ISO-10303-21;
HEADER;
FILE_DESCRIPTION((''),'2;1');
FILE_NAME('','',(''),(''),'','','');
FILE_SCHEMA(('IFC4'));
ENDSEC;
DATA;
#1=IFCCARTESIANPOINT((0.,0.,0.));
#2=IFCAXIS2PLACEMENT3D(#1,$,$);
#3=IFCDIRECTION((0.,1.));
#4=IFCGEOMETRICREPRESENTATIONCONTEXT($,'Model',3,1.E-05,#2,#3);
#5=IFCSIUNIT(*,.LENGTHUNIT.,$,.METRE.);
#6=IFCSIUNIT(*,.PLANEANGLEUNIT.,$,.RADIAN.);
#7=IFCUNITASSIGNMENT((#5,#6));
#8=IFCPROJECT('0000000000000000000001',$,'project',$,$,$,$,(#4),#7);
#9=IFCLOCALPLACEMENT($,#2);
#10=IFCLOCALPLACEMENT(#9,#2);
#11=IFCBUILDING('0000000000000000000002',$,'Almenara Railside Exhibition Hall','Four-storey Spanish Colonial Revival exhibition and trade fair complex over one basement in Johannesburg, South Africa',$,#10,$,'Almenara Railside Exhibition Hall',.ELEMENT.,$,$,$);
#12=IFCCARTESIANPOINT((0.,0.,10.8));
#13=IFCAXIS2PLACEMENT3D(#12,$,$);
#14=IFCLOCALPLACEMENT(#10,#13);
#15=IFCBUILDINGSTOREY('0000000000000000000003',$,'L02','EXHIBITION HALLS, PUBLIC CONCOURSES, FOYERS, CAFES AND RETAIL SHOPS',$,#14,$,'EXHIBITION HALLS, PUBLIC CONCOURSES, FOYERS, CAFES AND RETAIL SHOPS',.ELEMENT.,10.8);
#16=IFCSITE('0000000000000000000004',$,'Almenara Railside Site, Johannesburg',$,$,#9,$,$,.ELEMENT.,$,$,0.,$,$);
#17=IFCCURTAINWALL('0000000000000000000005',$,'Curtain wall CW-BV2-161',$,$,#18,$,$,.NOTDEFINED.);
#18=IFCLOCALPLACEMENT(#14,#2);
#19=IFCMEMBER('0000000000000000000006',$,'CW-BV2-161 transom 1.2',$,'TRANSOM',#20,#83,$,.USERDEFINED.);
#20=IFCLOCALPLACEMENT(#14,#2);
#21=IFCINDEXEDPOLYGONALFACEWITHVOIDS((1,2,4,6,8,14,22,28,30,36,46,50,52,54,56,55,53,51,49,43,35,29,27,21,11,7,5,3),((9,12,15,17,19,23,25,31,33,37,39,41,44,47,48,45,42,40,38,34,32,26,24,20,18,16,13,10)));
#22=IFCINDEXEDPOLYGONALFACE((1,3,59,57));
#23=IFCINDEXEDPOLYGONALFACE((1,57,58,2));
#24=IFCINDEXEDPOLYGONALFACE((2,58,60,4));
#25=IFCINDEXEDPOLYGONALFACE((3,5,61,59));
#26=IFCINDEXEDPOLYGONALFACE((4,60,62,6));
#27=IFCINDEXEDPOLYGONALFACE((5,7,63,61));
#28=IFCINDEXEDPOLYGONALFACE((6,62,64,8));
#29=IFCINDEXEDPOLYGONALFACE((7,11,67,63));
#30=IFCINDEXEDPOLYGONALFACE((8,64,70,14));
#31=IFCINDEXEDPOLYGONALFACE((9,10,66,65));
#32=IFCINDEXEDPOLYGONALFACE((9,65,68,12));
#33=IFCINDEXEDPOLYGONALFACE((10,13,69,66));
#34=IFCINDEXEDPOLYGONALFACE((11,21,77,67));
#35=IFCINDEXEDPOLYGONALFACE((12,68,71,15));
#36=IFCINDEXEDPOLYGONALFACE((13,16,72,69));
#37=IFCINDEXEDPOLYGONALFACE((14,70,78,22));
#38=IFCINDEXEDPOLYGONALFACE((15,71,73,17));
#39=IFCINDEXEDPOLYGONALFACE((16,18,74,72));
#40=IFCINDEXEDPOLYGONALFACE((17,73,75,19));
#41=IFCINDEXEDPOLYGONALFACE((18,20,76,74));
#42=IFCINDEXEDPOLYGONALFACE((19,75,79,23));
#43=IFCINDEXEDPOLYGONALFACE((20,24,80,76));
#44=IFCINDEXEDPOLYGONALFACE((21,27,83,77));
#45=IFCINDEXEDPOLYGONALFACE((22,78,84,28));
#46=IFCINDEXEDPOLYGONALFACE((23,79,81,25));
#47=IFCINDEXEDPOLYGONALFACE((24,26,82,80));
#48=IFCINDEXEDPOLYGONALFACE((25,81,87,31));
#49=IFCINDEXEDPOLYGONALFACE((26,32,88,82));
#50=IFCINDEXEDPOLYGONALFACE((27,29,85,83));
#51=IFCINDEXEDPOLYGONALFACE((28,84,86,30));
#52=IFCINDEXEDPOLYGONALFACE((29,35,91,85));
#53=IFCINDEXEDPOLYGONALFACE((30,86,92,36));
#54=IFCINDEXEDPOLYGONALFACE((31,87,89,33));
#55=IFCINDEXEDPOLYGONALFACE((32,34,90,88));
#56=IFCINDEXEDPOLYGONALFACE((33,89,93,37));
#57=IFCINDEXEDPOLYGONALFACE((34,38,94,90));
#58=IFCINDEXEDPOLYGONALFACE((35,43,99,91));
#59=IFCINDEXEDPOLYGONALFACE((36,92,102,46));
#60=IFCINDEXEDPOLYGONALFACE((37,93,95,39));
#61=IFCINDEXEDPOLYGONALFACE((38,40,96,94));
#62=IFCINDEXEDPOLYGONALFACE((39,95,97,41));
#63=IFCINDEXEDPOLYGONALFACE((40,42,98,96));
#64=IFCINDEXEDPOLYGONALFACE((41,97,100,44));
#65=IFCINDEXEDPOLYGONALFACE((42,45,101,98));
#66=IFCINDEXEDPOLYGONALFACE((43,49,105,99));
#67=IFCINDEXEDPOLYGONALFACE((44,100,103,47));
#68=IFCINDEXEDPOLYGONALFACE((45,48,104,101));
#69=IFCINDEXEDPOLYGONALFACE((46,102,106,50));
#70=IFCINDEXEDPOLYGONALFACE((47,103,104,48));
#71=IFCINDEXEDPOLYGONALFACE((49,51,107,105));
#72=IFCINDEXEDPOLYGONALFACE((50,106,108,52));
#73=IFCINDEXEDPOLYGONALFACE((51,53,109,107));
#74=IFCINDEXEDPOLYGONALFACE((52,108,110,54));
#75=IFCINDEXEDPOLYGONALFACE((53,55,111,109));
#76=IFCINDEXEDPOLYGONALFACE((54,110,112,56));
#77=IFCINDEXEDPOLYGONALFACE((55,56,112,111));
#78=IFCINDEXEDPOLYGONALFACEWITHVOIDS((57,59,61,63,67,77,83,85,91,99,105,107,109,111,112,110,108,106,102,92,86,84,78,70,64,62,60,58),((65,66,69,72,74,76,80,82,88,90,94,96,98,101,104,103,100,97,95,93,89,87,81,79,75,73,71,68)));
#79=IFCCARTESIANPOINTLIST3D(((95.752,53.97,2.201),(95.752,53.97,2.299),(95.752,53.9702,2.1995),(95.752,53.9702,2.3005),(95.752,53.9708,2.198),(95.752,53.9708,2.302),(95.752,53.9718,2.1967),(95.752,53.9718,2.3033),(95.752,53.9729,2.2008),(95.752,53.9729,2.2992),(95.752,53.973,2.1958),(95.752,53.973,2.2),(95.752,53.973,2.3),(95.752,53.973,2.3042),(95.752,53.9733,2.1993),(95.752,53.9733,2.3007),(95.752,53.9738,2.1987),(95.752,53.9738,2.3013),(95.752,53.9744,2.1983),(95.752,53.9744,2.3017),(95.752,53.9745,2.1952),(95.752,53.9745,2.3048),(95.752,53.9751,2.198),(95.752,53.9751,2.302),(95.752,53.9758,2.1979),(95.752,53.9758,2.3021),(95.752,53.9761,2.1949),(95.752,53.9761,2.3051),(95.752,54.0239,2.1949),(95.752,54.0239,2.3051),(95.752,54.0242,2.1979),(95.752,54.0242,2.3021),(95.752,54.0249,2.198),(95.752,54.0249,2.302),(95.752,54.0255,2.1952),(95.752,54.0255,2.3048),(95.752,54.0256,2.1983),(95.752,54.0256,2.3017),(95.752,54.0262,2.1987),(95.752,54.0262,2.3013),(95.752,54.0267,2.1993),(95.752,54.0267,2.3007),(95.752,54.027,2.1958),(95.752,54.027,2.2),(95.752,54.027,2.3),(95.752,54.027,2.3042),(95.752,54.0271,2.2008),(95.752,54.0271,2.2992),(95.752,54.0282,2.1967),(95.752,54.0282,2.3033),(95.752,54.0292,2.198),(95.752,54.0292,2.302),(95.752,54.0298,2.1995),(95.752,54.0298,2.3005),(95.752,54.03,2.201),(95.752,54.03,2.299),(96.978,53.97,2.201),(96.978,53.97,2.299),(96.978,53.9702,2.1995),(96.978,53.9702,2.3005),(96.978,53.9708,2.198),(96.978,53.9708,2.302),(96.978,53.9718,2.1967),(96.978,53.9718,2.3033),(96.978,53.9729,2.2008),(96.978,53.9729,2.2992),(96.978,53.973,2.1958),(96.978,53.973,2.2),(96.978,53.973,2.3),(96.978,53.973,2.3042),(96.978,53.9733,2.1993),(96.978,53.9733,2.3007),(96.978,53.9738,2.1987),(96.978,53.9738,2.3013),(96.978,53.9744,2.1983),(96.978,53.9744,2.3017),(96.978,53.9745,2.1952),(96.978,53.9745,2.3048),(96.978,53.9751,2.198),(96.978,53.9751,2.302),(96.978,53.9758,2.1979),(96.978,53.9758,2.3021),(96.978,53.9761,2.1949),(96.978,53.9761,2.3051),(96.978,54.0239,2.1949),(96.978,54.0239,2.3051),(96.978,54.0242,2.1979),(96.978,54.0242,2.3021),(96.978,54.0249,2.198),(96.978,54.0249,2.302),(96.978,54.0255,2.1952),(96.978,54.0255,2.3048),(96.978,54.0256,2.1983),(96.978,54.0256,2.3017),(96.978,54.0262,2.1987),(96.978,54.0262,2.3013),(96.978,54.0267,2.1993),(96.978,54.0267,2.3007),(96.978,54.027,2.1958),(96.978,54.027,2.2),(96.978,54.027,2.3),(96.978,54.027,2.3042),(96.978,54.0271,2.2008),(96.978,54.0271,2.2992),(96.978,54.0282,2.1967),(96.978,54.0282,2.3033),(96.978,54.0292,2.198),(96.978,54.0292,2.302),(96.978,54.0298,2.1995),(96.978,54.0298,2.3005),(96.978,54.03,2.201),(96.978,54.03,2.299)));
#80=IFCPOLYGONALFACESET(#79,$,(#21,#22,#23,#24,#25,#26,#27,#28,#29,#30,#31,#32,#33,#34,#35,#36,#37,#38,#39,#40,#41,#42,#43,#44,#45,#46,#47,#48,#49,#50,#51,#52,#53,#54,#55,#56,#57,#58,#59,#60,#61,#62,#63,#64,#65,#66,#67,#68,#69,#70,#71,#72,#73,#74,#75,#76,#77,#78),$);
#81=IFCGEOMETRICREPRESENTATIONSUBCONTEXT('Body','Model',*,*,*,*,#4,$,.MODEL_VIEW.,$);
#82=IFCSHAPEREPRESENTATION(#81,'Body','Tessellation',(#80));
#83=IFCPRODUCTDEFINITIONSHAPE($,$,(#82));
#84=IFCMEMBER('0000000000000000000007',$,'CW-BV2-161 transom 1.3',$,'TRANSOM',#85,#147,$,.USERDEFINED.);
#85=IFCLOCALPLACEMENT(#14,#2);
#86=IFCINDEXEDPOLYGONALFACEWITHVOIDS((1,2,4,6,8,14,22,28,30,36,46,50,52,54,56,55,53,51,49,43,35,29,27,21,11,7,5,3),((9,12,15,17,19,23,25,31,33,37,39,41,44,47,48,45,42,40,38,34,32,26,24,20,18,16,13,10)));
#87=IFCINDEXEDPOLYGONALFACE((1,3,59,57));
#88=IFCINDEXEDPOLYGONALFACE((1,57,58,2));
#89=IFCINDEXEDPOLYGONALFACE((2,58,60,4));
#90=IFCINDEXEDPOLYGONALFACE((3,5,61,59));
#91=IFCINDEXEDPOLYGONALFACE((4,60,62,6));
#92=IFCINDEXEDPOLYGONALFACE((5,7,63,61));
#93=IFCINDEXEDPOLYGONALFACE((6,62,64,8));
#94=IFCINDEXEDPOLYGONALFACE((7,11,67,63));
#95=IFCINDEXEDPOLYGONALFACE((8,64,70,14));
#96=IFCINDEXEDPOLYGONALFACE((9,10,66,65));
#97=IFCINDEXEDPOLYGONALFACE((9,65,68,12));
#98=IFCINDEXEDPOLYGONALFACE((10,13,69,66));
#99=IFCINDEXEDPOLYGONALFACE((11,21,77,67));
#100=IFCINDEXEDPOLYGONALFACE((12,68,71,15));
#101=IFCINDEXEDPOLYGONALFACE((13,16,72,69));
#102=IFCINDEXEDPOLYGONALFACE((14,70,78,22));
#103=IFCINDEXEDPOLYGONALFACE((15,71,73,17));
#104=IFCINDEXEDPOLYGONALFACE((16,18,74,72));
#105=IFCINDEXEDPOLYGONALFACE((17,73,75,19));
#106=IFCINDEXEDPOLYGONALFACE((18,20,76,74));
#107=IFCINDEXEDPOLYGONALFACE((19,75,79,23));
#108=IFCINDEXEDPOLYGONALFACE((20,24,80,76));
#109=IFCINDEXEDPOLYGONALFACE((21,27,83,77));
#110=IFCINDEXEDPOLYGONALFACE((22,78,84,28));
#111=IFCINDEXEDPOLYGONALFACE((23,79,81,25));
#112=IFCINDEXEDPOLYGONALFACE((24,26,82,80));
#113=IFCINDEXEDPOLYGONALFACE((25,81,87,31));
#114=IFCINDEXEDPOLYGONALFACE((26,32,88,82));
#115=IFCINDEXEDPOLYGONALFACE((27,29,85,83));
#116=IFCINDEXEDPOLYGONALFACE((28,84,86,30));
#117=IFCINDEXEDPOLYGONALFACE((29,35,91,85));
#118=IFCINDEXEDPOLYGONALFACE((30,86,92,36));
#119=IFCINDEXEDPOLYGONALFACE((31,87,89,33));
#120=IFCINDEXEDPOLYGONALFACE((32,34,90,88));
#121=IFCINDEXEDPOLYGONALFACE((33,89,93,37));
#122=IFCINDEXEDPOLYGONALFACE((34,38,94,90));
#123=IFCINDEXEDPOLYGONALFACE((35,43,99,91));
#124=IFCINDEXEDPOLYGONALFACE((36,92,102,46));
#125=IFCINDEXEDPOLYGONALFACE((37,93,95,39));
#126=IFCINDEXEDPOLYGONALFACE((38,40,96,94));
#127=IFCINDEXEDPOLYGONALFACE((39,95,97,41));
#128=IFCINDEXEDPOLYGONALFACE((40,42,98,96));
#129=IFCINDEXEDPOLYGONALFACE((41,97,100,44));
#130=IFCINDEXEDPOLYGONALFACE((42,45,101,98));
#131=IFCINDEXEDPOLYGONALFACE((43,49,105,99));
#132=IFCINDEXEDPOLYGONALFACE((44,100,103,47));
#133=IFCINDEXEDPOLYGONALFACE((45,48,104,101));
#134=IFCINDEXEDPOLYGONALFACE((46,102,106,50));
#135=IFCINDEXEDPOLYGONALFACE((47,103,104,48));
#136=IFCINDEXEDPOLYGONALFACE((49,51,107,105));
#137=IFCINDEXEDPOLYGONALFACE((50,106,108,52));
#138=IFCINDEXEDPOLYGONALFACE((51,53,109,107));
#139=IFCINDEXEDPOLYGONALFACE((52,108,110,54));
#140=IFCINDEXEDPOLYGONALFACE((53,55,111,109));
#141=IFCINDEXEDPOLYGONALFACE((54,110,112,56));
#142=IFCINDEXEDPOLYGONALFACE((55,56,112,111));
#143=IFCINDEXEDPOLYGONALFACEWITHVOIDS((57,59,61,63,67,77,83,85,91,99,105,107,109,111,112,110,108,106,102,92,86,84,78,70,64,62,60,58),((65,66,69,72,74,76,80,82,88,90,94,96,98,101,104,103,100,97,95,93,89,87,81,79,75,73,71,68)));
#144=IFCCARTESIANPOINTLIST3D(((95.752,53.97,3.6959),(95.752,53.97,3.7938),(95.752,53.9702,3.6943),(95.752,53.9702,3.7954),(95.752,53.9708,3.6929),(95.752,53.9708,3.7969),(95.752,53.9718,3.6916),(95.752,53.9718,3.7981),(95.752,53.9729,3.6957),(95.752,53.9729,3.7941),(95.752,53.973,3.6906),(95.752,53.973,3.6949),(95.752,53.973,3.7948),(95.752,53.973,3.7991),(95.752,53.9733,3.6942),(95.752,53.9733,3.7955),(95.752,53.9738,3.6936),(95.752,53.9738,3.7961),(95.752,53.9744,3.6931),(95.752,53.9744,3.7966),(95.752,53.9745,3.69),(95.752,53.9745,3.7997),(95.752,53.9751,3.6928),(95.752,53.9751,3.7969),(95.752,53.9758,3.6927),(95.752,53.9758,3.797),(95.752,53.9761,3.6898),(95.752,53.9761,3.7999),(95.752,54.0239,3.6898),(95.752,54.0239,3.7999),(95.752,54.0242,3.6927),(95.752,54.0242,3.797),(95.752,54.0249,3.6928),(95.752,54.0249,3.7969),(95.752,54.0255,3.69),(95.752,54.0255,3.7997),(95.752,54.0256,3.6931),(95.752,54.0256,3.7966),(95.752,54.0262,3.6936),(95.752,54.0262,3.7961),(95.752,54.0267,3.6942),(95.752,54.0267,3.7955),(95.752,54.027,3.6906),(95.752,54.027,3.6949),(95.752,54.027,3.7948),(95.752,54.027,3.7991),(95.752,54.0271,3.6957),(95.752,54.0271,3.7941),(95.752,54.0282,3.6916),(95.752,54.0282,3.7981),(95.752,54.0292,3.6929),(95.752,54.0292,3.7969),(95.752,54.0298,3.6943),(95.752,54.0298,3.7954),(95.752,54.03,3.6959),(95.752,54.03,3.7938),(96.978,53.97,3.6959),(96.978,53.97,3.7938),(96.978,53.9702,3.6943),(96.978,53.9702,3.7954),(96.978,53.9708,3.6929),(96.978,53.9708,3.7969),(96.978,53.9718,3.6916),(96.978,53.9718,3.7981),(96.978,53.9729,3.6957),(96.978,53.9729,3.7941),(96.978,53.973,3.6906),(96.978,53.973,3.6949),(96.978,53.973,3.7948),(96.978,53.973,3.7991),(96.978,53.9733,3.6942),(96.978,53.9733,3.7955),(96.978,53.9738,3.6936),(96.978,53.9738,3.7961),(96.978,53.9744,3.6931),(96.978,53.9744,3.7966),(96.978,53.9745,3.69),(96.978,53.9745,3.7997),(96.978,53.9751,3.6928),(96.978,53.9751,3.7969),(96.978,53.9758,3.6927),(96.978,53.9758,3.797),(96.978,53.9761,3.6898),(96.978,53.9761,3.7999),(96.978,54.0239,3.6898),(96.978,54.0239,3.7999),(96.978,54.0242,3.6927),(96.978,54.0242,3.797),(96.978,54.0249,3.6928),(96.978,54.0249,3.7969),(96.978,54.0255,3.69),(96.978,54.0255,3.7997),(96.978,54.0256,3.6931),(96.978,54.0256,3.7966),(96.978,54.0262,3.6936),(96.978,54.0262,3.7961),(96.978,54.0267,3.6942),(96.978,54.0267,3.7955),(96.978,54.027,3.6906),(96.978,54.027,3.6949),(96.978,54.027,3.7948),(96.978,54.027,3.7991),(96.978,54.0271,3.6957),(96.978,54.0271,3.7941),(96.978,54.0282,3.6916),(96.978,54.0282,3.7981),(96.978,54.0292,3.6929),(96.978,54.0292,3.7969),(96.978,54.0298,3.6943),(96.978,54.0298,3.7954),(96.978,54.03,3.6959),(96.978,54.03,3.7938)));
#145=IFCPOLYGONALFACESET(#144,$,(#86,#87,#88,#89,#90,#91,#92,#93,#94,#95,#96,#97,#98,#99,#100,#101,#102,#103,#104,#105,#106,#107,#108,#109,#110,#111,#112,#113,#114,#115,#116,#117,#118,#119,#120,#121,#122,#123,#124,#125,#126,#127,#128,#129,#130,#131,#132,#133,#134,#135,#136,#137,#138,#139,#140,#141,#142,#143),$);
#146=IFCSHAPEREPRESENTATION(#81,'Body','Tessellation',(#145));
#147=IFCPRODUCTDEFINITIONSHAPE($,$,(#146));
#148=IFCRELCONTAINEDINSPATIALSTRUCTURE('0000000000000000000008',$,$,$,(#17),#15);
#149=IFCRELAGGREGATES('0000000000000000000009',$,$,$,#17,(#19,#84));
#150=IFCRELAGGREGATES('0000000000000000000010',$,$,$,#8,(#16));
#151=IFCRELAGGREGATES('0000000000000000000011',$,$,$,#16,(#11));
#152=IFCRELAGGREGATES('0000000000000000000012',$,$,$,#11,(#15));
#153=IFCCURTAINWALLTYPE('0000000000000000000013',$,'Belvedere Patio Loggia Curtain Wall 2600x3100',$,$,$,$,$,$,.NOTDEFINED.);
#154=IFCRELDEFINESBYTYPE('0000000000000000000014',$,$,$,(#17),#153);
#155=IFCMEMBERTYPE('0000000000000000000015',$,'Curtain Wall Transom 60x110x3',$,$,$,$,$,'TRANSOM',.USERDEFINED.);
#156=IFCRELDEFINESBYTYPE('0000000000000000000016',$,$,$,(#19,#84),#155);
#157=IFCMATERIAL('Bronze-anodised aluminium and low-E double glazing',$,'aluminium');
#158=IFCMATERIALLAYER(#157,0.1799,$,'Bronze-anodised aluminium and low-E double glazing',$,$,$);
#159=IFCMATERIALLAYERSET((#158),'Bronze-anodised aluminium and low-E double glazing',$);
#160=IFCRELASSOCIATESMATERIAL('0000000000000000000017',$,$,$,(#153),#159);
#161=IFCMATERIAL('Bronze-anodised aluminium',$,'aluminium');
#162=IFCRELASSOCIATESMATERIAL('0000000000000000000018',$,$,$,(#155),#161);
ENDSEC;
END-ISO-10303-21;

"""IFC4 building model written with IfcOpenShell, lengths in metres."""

from ifc_helpers import new_model, si_unit, direction, frame, origin, origin_2d, place, context, subcontext, project, spatial, hollow_rectangle, extrude, material, layer, layer_set, material_profile, profile_set, type_object, element, aggregate, save


model = new_model("IFC4")

# Units and contexts
model_context = context("Model", 3, precision=1e-05, world=origin(), true_north=direction((0.0, 1.0)))
body_context = subcontext(model_context, "Body", "Model", "MODEL_VIEW")
ifc_project = project(units=[si_unit("LENGTHUNIT", "METRE"), si_unit("PLANEANGLEUNIT", "RADIAN")], contexts=[model_context])

# Site, building, storey
site_placement = place(None, origin())
site = spatial("IfcSite", under=ifc_project, at=site_placement, Name="Almenara Railside Site, Johannesburg", CompositionType="ELEMENT", RefElevation=0.0)
building_placement = place(site_placement, origin())
building = spatial("IfcBuilding", under=site, at=building_placement, Name="Almenara Railside Exhibition Hall", Description="Four-storey Spanish Colonial Revival exhibition and trade fair complex over one basement in Johannesburg, South Africa", LongName="Almenara Railside Exhibition Hall", CompositionType="ELEMENT")
storey_placement = place(building_placement, frame((0.0, 0.0, 10.8)))
storey = spatial("IfcBuildingStorey", under=building, at=storey_placement, Name="L02", Description="EXHIBITION HALLS, PUBLIC CONCOURSES, FOYERS, CAFES AND RETAIL SHOPS", LongName="EXHIBITION HALLS, PUBLIC CONCOURSES, FOYERS, CAFES AND RETAIL SHOPS", CompositionType="ELEMENT", Elevation=10.8)

# Shared definitions
ifc_material_1 = material(Name="Bronze-anodised aluminium and low-E double glazing", Category="aluminium")
ifc_layer_1 = layer(ifc_material_1, 0.1799, Name="Bronze-anodised aluminium and low-E double glazing")
ifc_layer_set_1 = layer_set([ifc_layer_1], Name="Bronze-anodised aluminium and low-E double glazing")
curtain_wall_type = type_object("IfcCurtainWallType", Name="Belvedere Patio Loggia Curtain Wall 2600x3100", PredefinedType="NOTDEFINED", material=ifc_layer_set_1)
ifc_material_2 = material(Name="Bronze-anodised aluminium", Category="aluminium")

# Curtain wall
curtain_wall_1_placement = place(storey_placement, origin())
curtain_wall_1 = element("IfcCurtainWall", 1, at=curtain_wall_1_placement, inside=storey, type_object=curtain_wall_type, Name="Curtain wall CW-BV2-161", PredefinedType="NOTDEFINED")

# Members
ifc_material_profile_1 = material_profile(ifc_material_2, hollow_rectangle(XDim=0.0601, YDim=0.1101, WallThickness=0.0029, InnerFilletRadius=0.0029, OuterFilletRadius=0.0061, at=origin_2d()), Name="ALU-TRN 60x110x3")
ifc_profile_set_1 = profile_set([ifc_material_profile_1], Name="Bronze-anodised aluminium")
member_type_1 = type_object("IfcMemberType", Name="Curtain Wall Transom 60x110x3", ElementType="TRANSOM", PredefinedType="USERDEFINED", material=ifc_profile_set_1)
member_1_placement = place(storey_placement, frame((95.752, 54.0, 2.25), z_axis=(1.0, 0.0, 0.0), x_axis=(0.0, 1.0, 0.0)))
member_1 = element("IfcMember", 2, at=member_1_placement, type_object=member_type_1, Name="CW-BV2-161 transom 1.2", ObjectType="TRANSOM", PredefinedType="USERDEFINED", context=body_context, shape_type="SweptSolid", body=[
    extrude(hollow_rectangle(XDim=0.0601, YDim=0.1101, WallThickness=0.0029, InnerFilletRadius=0.0029, OuterFilletRadius=0.0061, at=origin_2d()), origin(), (0.0, 0.0, 1.0), 1.2261),
])
member_2_placement = place(storey_placement, frame((95.752, 54.0, 3.7449), z_axis=(1.0, 0.0, 0.0), x_axis=(0.0, 1.0, 0.0)))
member_2 = element("IfcMember", 3, at=member_2_placement, type_object=member_type_1, Name="CW-BV2-161 transom 1.3", ObjectType="TRANSOM", PredefinedType="USERDEFINED", context=body_context, shape_type="SweptSolid", body=[
    extrude(hollow_rectangle(XDim=0.0601, YDim=0.1101, WallThickness=0.0029, InnerFilletRadius=0.0029, OuterFilletRadius=0.0061, at=origin_2d()), origin(), (0.0, 0.0, 1.0), 1.2261),
])

aggregate(curtain_wall_1, [member_1, member_2])

save(model, "model.ifc")
